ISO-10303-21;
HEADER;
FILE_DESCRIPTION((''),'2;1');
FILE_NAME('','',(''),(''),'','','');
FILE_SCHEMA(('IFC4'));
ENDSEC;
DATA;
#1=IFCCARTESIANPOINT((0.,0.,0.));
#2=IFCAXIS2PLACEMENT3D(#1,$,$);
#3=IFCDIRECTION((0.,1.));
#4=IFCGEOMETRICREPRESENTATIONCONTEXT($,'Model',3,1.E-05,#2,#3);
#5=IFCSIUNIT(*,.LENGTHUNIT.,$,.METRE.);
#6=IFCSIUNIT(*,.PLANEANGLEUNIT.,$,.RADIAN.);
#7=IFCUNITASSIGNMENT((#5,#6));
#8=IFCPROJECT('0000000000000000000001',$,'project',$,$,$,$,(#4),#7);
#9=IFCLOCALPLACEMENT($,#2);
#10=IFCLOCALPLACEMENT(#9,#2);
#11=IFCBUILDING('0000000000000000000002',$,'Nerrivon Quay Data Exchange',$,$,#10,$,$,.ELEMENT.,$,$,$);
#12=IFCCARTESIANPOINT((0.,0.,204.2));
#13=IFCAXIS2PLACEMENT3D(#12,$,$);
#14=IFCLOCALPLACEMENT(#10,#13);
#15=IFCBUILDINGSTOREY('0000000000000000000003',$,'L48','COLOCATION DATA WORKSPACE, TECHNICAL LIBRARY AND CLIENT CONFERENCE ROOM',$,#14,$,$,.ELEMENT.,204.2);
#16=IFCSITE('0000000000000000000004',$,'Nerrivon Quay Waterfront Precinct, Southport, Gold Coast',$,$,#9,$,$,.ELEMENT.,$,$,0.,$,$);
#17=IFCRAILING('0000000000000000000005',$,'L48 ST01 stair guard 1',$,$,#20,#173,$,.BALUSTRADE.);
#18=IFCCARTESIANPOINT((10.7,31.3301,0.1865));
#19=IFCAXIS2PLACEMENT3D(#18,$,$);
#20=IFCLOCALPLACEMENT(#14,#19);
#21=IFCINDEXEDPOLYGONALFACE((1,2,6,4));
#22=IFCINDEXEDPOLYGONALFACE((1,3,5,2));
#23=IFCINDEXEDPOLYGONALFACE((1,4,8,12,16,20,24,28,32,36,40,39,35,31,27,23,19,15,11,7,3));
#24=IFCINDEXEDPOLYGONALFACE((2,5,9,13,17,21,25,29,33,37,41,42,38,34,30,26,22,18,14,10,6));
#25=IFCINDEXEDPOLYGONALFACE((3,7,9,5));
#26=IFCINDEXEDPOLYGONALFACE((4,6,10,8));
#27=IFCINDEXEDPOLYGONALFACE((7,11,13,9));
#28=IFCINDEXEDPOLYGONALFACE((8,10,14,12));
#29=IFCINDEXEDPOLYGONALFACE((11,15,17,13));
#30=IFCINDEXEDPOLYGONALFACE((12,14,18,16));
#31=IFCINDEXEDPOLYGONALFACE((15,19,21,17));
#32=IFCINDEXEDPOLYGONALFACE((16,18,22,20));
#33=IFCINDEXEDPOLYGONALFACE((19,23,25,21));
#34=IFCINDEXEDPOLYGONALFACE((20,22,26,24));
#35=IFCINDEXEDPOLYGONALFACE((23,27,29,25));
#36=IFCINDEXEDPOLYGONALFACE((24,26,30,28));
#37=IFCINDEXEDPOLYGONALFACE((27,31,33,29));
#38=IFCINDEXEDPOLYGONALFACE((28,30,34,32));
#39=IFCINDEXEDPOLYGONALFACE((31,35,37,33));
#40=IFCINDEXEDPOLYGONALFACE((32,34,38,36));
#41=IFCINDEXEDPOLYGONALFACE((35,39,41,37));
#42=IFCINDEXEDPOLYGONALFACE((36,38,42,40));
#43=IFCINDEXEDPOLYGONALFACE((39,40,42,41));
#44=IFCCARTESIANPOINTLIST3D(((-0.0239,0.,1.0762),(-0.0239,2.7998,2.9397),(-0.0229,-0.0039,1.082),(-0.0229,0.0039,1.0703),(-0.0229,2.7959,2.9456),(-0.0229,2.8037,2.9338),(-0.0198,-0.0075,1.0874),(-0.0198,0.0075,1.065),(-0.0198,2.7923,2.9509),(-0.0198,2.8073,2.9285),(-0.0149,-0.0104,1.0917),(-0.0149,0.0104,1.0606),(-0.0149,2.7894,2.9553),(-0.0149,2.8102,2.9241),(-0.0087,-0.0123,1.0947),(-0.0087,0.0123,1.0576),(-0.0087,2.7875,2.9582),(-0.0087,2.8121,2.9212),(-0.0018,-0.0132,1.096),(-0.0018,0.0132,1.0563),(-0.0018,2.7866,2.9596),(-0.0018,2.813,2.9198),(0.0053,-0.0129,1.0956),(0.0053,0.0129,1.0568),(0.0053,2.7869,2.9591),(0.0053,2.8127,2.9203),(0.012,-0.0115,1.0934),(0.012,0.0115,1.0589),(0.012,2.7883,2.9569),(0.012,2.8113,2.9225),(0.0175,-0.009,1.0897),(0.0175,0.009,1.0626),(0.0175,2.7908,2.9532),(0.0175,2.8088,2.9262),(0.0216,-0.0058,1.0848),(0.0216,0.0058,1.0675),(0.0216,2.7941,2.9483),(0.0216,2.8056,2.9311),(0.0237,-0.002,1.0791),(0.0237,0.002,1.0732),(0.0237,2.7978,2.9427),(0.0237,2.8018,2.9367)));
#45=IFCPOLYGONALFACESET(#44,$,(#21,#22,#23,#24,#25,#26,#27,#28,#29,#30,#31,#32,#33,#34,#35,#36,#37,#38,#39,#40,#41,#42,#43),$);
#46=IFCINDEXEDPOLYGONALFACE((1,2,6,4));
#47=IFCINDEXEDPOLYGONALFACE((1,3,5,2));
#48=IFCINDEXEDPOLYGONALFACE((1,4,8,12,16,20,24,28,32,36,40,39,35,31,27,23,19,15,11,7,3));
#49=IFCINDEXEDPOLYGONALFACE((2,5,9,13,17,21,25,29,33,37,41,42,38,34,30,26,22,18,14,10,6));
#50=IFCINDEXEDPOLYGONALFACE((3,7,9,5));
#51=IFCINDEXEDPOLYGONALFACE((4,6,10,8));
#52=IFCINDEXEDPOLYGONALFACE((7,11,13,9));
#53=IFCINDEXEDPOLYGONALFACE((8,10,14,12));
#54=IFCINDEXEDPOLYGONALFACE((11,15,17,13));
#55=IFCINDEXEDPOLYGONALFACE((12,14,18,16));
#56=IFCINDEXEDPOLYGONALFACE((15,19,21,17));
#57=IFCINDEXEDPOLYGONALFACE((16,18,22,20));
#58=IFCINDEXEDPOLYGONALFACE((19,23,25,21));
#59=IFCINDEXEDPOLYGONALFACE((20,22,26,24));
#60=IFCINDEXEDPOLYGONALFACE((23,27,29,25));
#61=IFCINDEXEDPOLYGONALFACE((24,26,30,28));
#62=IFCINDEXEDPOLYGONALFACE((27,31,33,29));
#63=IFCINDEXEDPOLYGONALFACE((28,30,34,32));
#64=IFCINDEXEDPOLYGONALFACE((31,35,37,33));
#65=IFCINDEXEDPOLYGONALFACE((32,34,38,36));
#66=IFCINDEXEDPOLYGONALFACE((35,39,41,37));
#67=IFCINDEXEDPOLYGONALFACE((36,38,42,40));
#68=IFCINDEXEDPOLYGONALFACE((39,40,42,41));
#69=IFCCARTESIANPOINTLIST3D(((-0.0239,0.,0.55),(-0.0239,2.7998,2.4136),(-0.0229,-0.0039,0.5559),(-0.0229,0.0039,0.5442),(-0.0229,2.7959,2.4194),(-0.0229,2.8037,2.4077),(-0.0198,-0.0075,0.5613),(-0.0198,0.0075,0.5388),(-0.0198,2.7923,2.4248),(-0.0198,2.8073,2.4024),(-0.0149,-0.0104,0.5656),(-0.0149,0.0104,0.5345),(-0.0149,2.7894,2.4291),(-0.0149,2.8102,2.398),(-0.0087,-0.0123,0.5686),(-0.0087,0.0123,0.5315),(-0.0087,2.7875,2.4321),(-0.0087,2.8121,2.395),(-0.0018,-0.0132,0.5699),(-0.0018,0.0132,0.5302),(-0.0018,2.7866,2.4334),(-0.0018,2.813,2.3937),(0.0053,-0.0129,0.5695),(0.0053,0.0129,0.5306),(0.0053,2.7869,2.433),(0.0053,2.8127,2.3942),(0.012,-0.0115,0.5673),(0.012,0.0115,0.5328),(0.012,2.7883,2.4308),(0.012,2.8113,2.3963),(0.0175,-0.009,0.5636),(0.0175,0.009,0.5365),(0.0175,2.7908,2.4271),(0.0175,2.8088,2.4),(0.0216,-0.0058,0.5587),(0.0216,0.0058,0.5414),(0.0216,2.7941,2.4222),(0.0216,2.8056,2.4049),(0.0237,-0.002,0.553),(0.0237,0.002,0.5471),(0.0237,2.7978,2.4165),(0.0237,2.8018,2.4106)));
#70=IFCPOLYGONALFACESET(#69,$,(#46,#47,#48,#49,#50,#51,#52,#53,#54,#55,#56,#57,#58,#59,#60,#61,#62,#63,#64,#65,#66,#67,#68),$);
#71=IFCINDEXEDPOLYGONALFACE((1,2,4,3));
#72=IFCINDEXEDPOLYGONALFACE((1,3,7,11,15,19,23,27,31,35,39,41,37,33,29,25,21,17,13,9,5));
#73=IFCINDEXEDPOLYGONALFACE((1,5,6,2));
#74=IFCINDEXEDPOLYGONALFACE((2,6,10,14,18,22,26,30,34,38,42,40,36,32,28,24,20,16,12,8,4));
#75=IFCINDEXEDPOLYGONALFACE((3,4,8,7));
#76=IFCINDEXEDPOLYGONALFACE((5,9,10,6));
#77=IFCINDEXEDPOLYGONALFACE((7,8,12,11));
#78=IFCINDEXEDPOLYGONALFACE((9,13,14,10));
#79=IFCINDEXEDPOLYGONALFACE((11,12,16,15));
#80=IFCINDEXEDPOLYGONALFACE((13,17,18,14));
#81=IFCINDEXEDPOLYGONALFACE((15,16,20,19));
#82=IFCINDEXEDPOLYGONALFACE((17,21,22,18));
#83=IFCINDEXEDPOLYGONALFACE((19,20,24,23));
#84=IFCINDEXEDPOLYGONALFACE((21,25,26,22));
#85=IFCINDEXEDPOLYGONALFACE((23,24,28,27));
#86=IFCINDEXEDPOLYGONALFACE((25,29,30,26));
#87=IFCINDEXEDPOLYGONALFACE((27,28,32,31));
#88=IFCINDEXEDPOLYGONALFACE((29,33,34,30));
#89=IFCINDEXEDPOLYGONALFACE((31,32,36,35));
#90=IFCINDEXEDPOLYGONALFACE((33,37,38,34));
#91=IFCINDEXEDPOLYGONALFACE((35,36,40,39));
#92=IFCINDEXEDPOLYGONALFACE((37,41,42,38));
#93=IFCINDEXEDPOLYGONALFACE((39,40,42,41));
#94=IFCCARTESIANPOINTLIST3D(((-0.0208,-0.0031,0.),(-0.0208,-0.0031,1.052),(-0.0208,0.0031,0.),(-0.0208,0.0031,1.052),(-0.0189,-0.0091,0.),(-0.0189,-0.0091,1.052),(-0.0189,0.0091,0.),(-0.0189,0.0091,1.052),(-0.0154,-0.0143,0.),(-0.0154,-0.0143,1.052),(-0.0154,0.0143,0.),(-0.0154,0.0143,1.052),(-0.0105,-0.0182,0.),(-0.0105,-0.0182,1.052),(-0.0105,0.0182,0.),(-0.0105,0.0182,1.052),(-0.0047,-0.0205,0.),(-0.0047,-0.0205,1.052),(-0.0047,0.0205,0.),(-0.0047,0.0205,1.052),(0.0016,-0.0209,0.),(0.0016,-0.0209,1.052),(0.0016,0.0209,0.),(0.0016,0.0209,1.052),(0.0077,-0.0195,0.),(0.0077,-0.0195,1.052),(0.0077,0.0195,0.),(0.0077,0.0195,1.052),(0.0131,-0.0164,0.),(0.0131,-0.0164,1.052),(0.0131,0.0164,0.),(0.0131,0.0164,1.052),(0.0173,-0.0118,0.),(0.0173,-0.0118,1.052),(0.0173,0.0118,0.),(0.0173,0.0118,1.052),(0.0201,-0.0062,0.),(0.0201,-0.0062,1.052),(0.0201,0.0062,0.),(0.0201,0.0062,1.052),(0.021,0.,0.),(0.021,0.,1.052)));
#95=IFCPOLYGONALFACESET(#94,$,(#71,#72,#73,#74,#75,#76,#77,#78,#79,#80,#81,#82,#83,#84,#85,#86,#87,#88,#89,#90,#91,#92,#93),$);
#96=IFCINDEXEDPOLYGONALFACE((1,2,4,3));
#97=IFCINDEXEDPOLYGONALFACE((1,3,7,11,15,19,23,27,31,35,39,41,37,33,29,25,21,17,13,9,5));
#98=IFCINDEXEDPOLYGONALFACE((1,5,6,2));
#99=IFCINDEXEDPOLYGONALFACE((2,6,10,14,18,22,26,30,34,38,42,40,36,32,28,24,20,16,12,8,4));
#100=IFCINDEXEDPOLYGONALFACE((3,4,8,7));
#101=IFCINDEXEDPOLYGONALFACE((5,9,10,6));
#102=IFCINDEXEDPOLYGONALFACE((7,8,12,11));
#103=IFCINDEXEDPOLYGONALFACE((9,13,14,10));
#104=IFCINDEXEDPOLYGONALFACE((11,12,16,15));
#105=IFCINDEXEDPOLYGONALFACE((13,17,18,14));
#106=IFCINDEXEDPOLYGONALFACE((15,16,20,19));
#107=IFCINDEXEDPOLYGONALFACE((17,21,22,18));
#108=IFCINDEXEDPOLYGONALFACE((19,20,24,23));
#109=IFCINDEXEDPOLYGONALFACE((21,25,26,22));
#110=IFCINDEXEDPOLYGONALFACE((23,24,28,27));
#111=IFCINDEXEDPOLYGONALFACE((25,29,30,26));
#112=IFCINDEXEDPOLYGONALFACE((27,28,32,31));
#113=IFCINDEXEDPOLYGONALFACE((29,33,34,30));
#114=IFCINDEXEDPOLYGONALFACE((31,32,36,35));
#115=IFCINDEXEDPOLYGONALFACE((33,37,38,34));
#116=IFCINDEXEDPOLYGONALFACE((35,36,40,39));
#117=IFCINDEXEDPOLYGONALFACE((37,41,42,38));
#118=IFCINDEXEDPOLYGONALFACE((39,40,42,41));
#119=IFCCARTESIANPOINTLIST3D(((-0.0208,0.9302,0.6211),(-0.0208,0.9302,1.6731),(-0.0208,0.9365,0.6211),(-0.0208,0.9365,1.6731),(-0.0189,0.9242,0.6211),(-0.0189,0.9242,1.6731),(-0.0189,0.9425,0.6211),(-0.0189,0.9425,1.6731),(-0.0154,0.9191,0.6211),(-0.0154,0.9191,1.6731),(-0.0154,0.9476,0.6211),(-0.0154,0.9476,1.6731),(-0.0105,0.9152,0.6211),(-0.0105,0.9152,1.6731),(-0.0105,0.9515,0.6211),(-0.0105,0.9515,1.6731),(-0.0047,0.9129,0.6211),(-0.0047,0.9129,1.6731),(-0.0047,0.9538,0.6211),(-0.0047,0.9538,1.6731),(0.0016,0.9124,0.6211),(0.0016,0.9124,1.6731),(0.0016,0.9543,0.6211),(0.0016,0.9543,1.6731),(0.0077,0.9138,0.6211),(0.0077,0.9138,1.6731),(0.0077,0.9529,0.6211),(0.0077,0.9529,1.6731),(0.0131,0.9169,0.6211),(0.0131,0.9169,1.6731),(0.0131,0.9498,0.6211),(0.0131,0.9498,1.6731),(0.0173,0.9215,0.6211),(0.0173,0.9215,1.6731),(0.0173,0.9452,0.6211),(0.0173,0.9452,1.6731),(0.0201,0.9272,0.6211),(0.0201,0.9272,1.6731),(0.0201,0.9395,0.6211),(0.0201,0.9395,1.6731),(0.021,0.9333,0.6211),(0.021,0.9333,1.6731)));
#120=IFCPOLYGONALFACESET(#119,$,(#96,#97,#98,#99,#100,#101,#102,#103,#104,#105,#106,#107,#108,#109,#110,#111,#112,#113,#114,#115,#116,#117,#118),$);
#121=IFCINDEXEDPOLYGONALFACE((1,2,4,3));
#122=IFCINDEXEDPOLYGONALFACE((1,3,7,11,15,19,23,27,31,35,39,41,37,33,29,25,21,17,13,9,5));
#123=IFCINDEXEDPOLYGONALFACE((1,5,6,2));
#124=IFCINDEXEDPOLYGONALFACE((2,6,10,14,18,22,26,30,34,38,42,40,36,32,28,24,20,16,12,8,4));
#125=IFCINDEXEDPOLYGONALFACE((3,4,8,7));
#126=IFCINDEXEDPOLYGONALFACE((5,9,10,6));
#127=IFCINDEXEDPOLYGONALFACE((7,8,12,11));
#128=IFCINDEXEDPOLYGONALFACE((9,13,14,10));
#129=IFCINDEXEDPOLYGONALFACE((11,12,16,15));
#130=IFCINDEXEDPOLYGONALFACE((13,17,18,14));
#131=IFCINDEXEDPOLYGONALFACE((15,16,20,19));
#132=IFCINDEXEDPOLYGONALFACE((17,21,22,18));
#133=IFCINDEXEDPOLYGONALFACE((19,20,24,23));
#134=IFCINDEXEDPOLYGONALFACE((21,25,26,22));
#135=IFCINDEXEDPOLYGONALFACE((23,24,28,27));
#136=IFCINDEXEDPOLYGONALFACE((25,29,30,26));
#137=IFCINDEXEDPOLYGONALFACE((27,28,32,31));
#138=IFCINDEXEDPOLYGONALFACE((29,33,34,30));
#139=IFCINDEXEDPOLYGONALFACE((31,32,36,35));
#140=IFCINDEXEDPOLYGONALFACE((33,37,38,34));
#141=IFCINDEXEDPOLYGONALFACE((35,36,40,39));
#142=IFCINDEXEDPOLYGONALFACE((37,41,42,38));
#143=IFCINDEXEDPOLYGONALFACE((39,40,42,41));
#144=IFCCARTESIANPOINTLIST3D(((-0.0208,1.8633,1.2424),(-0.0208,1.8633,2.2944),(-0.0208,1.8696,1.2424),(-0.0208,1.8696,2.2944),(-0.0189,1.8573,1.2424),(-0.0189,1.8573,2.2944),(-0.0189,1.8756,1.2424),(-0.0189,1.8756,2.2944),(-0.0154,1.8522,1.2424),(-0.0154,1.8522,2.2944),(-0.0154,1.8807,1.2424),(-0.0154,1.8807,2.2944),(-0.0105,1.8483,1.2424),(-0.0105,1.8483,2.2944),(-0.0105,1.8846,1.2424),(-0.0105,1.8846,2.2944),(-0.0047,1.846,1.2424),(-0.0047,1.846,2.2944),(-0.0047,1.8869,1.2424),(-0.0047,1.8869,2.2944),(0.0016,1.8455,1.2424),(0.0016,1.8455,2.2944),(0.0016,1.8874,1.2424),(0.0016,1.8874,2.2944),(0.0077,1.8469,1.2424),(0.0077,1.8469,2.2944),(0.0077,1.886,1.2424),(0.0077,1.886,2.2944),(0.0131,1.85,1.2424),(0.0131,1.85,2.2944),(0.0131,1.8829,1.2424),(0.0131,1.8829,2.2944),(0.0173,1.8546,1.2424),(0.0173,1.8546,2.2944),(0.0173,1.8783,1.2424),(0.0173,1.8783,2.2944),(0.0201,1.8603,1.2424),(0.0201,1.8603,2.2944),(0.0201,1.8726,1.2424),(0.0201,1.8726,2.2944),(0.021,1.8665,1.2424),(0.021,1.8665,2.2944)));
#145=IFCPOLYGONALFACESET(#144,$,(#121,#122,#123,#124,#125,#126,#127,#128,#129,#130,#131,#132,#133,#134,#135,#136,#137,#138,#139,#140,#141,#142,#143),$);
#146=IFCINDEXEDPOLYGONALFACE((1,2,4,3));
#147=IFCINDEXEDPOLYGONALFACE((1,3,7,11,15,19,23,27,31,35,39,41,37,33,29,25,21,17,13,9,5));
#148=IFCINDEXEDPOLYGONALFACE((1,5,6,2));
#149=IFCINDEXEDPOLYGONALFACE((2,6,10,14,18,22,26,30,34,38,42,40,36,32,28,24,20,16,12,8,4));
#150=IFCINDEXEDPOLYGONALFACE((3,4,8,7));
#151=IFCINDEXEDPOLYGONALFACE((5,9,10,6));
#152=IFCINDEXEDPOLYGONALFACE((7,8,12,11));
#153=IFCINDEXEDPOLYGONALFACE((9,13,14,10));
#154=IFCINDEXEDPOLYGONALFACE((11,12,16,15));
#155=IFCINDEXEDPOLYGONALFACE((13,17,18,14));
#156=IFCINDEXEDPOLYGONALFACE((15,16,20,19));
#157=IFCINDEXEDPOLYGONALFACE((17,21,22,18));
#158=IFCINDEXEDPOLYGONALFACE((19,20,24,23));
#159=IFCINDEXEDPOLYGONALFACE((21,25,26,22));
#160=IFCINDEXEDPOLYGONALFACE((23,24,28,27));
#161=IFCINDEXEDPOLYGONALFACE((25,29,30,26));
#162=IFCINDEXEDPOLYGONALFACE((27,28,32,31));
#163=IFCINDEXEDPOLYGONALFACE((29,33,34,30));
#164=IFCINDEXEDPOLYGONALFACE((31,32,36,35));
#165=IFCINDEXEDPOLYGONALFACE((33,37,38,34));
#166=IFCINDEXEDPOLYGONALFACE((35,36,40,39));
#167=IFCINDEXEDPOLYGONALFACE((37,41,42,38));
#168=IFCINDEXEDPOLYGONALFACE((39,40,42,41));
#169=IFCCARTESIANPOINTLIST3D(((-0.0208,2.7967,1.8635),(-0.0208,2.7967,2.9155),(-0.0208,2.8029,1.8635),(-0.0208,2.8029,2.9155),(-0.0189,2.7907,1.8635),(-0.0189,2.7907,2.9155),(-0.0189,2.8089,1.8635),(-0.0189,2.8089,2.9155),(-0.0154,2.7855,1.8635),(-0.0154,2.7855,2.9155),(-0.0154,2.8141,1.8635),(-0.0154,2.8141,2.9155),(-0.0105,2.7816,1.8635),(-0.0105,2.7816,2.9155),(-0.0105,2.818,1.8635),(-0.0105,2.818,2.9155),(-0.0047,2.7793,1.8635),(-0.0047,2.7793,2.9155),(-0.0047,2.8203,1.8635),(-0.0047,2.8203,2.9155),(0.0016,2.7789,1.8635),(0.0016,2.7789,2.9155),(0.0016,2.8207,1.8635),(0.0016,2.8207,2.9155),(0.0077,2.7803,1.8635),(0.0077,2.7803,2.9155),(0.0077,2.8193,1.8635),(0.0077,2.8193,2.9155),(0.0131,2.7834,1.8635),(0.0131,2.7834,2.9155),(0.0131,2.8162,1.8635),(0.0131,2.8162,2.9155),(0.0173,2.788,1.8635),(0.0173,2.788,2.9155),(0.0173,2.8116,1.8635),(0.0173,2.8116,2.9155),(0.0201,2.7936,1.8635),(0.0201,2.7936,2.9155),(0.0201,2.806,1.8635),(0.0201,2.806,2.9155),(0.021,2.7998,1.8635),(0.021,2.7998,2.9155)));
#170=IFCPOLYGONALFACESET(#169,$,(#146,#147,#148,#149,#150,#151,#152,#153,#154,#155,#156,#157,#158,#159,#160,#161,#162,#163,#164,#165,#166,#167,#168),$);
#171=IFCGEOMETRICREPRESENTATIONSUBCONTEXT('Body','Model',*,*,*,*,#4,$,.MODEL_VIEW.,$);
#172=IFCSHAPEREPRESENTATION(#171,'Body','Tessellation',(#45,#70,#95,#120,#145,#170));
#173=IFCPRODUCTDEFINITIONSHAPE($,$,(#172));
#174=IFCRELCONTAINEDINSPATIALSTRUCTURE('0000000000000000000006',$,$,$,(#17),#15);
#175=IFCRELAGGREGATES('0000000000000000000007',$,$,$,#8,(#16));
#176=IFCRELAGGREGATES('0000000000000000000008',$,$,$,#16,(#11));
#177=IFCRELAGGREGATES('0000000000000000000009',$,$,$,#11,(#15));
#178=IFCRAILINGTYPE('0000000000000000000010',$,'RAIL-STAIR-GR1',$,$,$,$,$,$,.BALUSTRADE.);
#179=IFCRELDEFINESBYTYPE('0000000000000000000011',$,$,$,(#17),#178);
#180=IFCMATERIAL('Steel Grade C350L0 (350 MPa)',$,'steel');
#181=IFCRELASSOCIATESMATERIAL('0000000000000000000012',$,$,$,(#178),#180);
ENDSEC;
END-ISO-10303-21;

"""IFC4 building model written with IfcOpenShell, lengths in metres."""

from ifc_helpers import new_model, si_unit, direction, frame, origin, origin_2d, place, context, subcontext, project, spatial, circle, extrude, material, type_object, element, save


model = new_model("IFC4")

# Units and contexts
model_context = context("Model", 3, precision=1e-05, world=origin(), true_north=direction((0.0, 1.0)))
body_context = subcontext(model_context, "Body", "Model", "MODEL_VIEW")
ifc_project = project(units=[si_unit("LENGTHUNIT", "METRE"), si_unit("PLANEANGLEUNIT", "RADIAN")], contexts=[model_context])

# Site, building, storey
site_placement = place(None, origin())
site = spatial("IfcSite", under=ifc_project, at=site_placement, Name="Nerrivon Quay Waterfront Precinct, Southport, Gold Coast", CompositionType="ELEMENT", RefElevation=0.0)
building_placement = place(site_placement, origin())
building = spatial("IfcBuilding", under=site, at=building_placement, Name="Nerrivon Quay Data Exchange", CompositionType="ELEMENT")
storey_placement = place(building_placement, frame((0.0, 0.0, 204.2)))
storey = spatial("IfcBuildingStorey", under=building, at=storey_placement, Name="L48", Description="COLOCATION DATA WORKSPACE, TECHNICAL LIBRARY AND CLIENT CONFERENCE ROOM", CompositionType="ELEMENT", Elevation=204.2)

# Railing
ifc_material_1 = material(Name="Steel Grade C350L0 (350 MPa)", Category="steel")
railing_type_1 = type_object("IfcRailingType", Name="RAIL-STAIR-GR1", PredefinedType="BALUSTRADE", material=ifc_material_1)
railing_1_placement = place(storey_placement, frame((10.7, 31.3301, 0.1865)))
element("IfcRailing", 1, at=railing_1_placement, inside=storey, type_object=railing_type_1, Name="L48 ST01 stair guard 1", PredefinedType="BALUSTRADE", context=body_context, shape_type="SweptSolid", body=[
    extrude(circle(Radius=0.0239, at=origin_2d()), frame((0.0, 0.0, 1.0762), z_axis=(0.0, 0.832463, 0.55408), x_axis=(-1.0, 0.0, 0.0)), (0.0, 0.0, 1.0), 3.3633),
    extrude(circle(Radius=0.0239, at=origin_2d()), frame((0.0, 0.0, 0.55), z_axis=(0.0, 0.832463, 0.55408), x_axis=(-1.0, 0.0, 0.0)), (0.0, 0.0, 1.0), 3.3633),
    extrude(circle(Radius=0.021, at=origin_2d()), origin(), (0.0, 0.0, 1.0), 1.052),
    extrude(circle(Radius=0.021, at=origin_2d()), frame((0.0, 0.9333, 0.6211)), (0.0, 0.0, 1.0), 1.052),
    extrude(circle(Radius=0.021, at=origin_2d()), frame((0.0, 1.8665, 1.2424)), (0.0, 0.0, 1.0), 1.052),
    extrude(circle(Radius=0.021, at=origin_2d()), frame((0.0, 2.7998, 1.8635)), (0.0, 0.0, 1.0), 1.052),
])

save(model, "model.ifc")
